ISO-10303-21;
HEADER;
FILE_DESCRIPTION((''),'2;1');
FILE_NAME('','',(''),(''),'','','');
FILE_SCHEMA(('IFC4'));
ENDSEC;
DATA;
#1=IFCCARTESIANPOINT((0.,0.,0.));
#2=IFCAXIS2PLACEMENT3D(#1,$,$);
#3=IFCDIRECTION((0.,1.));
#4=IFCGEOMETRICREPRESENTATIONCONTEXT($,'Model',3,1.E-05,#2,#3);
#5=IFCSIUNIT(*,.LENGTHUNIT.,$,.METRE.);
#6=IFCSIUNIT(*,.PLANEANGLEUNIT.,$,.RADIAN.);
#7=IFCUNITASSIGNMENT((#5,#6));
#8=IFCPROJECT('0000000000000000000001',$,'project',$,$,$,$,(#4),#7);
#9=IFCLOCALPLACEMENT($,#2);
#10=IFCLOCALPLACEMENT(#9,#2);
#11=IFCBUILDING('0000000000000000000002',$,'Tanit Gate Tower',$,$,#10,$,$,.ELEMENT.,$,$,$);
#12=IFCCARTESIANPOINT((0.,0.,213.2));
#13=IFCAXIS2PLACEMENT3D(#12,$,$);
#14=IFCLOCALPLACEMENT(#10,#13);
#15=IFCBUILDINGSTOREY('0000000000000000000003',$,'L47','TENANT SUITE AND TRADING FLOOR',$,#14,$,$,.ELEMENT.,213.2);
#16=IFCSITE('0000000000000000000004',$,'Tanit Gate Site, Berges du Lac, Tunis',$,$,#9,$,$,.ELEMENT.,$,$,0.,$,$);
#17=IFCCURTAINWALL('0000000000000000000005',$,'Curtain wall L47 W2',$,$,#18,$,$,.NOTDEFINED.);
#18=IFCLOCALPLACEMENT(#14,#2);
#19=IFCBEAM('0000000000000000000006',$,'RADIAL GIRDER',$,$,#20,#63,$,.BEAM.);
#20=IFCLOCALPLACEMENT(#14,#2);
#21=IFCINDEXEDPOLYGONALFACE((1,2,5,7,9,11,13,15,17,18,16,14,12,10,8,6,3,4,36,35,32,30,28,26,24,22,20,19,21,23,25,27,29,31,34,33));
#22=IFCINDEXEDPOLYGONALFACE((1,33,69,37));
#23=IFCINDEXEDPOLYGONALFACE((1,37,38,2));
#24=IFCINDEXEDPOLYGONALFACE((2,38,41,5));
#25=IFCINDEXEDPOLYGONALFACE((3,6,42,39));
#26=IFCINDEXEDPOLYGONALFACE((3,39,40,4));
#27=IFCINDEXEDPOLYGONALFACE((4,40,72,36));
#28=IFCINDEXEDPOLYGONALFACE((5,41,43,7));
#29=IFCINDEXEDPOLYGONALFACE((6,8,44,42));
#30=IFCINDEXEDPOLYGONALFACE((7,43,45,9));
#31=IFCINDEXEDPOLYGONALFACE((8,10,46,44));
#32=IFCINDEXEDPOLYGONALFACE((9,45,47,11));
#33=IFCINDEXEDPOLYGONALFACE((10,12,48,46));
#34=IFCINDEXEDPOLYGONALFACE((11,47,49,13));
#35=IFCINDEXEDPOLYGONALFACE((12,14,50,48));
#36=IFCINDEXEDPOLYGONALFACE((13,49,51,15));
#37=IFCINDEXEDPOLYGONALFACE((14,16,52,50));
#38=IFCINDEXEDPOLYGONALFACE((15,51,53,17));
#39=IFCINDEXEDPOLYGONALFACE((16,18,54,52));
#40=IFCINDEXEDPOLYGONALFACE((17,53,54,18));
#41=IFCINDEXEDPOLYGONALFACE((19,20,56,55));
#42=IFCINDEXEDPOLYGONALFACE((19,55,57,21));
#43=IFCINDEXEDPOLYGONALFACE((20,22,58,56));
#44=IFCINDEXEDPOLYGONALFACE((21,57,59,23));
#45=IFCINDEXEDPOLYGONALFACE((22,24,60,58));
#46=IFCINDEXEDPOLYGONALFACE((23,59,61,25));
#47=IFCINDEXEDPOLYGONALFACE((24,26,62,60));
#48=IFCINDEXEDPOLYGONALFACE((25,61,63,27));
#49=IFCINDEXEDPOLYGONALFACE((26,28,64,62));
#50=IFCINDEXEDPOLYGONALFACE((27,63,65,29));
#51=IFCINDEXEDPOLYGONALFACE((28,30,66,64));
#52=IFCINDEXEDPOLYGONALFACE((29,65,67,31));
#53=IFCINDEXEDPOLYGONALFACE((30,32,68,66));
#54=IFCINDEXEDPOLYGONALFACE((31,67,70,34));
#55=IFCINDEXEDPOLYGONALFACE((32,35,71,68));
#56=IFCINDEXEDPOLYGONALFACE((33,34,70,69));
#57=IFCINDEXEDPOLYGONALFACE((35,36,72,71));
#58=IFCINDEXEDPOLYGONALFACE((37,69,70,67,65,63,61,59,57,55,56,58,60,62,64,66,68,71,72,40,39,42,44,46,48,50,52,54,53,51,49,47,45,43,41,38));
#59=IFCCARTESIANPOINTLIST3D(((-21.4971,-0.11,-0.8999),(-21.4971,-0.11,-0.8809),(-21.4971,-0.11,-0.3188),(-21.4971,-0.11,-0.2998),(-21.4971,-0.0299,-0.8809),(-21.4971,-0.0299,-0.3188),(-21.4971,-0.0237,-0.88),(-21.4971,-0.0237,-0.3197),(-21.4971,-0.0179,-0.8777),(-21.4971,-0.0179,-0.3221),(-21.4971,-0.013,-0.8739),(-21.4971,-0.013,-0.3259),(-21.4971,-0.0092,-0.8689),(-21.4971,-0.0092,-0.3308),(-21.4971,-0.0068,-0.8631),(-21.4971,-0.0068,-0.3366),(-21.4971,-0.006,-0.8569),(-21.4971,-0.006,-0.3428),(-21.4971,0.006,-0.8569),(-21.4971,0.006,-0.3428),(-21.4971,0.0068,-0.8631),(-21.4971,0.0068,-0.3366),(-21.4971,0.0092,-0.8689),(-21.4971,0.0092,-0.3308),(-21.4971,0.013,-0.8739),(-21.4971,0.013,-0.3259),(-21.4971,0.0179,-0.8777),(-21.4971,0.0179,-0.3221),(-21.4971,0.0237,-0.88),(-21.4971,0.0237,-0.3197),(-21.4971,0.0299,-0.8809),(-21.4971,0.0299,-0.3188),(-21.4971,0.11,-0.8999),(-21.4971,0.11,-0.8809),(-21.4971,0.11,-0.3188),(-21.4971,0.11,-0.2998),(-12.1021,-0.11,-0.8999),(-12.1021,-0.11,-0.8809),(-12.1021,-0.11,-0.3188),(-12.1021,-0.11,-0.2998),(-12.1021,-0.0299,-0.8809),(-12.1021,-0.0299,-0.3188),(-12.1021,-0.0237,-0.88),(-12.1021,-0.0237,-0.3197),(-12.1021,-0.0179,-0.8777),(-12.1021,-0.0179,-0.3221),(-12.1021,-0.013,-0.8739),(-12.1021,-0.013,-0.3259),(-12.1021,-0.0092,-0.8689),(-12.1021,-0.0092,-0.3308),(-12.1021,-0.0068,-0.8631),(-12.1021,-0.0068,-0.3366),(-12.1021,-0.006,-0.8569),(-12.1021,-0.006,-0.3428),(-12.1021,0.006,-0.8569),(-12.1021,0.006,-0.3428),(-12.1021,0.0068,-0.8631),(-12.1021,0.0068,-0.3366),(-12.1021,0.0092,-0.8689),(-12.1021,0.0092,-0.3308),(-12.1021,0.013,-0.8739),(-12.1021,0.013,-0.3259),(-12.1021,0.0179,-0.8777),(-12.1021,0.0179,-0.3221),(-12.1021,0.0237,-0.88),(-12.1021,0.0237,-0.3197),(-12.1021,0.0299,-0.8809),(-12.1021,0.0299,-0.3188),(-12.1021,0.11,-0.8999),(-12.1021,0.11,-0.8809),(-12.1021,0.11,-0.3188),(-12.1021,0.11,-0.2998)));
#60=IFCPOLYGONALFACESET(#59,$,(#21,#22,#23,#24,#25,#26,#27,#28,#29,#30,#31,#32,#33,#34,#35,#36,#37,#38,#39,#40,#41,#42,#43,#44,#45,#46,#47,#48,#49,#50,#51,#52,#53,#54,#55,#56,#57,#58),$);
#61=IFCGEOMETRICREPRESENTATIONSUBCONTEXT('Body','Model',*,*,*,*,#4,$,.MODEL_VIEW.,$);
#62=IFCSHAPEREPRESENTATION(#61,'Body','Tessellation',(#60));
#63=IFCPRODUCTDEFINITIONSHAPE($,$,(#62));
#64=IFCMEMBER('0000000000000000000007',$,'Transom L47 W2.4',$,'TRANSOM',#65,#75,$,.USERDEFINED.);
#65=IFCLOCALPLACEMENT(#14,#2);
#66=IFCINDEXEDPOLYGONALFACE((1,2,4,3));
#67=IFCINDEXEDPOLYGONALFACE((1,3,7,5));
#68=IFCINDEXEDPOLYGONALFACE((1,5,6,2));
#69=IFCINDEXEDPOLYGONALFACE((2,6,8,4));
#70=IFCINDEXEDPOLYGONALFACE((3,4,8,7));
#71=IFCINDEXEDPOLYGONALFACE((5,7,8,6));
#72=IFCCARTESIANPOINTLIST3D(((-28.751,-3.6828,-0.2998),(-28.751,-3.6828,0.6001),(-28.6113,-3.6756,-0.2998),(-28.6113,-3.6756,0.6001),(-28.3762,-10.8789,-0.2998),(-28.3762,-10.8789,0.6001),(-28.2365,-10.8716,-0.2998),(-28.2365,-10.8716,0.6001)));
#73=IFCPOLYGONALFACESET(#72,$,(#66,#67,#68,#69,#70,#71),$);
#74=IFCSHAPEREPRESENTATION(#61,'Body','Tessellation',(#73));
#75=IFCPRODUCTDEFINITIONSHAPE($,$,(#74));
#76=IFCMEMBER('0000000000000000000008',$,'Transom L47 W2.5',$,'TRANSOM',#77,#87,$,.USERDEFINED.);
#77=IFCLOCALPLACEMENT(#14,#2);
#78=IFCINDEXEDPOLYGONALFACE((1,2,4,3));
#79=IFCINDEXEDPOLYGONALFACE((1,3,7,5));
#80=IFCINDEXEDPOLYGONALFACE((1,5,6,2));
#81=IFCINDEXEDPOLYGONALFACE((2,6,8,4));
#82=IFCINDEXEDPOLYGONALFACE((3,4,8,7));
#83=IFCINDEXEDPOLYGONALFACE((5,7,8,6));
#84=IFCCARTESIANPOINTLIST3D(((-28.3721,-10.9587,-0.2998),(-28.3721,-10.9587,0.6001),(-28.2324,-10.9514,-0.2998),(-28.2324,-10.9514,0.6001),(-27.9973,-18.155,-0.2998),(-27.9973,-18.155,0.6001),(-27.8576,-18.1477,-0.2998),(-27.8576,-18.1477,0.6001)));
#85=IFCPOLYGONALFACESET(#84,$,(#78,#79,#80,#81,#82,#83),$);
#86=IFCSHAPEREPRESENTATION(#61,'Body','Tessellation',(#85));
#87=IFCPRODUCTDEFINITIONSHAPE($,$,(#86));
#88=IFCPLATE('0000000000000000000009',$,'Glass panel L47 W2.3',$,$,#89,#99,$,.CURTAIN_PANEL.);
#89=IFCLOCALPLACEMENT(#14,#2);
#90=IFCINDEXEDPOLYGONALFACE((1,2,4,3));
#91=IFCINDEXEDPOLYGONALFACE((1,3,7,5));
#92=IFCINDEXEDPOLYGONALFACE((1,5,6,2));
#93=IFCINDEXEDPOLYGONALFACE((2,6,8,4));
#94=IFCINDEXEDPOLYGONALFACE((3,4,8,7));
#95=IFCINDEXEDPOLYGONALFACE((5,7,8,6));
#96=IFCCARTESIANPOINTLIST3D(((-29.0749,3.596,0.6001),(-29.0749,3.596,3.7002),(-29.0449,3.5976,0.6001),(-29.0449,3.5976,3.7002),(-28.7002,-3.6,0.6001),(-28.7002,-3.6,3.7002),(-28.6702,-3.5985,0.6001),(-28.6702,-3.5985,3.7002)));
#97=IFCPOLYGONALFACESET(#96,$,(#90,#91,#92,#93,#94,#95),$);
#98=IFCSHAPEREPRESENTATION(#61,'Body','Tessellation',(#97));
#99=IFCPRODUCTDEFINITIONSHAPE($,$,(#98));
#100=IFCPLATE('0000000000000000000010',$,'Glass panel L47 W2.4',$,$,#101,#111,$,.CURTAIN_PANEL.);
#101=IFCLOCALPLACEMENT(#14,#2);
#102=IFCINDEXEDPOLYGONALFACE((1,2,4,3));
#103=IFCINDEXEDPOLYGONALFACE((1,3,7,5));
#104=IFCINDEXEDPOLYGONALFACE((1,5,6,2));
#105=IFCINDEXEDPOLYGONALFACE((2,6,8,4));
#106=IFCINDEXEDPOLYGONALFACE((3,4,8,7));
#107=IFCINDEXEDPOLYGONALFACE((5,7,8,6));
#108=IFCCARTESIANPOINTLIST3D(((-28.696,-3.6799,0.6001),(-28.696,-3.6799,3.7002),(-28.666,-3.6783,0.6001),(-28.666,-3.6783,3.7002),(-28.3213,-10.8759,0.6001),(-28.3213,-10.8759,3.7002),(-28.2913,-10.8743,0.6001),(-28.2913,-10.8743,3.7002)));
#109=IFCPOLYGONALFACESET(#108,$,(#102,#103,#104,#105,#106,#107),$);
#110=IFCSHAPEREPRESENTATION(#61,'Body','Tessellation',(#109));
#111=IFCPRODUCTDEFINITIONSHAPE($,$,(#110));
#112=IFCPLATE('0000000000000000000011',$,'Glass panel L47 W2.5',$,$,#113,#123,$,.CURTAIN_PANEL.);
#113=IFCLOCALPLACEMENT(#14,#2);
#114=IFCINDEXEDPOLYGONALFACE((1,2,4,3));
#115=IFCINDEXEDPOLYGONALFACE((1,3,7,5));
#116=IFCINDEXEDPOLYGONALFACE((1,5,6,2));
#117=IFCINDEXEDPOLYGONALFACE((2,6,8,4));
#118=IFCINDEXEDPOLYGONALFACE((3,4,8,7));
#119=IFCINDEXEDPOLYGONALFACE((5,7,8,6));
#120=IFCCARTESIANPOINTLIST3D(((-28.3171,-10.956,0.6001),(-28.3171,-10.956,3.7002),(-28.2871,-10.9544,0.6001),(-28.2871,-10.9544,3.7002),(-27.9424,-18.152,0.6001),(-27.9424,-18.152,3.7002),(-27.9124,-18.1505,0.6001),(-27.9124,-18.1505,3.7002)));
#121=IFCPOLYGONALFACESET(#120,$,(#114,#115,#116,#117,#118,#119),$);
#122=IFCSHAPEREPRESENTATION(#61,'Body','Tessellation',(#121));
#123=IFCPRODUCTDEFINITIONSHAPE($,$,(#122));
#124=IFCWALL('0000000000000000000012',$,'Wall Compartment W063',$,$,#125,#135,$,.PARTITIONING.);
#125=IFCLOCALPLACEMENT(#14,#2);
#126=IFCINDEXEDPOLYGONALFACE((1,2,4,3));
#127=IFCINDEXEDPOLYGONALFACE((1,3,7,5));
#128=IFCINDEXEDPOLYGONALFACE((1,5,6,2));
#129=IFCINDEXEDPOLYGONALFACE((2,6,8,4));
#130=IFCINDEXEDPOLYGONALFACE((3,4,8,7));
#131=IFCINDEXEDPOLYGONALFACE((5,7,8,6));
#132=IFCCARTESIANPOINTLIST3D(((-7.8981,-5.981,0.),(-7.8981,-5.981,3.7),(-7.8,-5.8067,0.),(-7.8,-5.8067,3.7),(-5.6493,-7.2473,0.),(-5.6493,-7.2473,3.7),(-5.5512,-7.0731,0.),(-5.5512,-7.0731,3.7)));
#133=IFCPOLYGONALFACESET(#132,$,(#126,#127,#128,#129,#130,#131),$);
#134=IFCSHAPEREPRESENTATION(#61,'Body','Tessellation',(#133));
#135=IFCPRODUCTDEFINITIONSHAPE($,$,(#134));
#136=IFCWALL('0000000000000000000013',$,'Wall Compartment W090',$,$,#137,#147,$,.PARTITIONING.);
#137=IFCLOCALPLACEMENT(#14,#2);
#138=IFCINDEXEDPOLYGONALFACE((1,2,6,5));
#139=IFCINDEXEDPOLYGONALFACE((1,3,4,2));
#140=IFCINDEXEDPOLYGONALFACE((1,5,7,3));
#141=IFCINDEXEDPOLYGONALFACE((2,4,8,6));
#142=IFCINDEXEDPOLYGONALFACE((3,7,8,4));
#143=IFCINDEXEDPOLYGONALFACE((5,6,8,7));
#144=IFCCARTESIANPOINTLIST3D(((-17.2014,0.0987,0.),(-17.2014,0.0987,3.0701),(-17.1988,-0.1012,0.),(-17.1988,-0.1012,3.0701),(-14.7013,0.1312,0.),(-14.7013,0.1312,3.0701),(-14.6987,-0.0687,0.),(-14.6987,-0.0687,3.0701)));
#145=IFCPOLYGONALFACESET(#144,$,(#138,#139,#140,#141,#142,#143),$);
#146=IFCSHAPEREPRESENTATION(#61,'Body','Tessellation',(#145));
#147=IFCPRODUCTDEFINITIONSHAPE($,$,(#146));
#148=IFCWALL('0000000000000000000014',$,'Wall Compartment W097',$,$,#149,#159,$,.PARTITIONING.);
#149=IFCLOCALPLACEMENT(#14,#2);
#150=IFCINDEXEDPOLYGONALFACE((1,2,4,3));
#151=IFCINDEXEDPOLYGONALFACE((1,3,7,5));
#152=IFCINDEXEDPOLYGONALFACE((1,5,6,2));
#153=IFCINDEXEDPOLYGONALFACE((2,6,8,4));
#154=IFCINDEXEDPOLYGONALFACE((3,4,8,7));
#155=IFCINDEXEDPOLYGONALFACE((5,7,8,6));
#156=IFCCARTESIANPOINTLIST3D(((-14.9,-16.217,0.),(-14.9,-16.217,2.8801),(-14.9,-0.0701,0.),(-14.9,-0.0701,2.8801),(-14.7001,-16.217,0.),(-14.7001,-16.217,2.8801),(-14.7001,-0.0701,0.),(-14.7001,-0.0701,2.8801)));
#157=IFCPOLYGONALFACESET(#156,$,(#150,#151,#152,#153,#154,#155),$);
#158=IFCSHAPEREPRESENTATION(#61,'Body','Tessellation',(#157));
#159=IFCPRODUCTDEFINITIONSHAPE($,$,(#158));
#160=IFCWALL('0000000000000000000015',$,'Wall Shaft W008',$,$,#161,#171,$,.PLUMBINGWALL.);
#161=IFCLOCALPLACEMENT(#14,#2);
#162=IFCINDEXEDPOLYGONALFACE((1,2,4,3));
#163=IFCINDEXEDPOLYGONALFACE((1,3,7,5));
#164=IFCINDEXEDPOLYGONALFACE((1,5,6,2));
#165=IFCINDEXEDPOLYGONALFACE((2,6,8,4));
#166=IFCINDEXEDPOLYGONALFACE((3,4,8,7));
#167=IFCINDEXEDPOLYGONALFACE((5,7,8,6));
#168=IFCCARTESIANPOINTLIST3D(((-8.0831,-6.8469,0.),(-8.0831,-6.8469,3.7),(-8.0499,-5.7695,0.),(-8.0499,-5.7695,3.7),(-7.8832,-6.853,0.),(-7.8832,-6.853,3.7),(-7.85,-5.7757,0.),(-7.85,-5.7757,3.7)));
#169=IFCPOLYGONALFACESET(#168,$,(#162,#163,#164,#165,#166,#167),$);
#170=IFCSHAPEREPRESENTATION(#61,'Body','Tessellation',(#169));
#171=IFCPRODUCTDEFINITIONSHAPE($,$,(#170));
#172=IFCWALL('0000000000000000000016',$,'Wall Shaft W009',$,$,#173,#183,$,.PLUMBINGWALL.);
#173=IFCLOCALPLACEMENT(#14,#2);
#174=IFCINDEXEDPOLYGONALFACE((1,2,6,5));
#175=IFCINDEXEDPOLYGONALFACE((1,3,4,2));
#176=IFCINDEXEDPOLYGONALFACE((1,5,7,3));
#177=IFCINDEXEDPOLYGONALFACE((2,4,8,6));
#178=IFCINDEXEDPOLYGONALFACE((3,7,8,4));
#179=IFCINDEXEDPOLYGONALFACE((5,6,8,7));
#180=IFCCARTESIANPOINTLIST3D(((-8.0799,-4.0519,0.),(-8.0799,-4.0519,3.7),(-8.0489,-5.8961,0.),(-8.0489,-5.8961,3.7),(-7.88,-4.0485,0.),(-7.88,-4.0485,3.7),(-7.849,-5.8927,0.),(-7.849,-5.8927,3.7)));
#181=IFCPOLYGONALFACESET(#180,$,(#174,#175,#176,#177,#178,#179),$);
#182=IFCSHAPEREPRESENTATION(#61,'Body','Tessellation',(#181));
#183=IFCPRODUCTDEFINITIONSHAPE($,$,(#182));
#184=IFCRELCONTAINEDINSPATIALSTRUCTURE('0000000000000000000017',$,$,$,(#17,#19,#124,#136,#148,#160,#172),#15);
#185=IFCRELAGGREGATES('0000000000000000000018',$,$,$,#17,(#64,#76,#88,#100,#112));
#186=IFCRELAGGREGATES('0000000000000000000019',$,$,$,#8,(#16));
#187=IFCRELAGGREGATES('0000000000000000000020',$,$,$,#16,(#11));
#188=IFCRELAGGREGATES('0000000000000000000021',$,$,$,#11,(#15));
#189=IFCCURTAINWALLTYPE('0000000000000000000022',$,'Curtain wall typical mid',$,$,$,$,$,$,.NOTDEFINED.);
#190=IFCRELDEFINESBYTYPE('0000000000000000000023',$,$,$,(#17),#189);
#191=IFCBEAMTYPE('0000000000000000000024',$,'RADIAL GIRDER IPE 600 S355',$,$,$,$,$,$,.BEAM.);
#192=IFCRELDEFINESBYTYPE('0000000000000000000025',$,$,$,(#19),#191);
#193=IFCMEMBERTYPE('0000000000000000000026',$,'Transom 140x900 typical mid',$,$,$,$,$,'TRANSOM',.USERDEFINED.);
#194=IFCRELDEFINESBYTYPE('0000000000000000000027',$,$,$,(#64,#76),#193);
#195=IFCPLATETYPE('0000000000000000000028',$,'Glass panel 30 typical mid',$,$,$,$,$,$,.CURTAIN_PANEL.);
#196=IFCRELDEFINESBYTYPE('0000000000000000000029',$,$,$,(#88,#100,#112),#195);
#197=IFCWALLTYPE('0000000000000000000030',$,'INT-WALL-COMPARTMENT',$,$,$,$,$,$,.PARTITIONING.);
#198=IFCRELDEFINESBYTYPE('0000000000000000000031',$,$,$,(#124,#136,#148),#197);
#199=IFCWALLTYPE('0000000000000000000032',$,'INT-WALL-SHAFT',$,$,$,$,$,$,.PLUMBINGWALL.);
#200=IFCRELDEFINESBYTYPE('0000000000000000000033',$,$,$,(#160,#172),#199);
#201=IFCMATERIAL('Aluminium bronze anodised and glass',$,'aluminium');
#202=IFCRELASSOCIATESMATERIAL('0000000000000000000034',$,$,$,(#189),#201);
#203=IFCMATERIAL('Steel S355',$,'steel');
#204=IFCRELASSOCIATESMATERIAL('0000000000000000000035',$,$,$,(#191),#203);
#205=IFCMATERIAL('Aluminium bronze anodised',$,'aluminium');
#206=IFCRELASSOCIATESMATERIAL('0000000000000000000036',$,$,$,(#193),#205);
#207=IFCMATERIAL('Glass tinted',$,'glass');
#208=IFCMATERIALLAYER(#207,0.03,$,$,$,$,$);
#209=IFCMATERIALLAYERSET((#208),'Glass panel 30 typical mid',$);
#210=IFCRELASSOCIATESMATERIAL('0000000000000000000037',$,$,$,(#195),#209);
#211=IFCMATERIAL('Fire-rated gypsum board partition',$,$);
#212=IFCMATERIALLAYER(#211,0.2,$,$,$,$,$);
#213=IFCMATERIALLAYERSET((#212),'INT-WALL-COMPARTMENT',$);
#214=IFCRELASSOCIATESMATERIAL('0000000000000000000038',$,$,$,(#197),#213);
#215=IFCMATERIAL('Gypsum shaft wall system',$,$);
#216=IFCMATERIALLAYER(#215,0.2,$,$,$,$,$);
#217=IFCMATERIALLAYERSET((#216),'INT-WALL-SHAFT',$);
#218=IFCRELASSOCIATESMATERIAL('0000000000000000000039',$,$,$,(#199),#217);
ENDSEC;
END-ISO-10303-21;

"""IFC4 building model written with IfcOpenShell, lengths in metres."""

from ifc_helpers import new_model, si_unit, direction, frame, frame_2d, origin, origin_2d, place, context, subcontext, project, spatial, rectangle, i_section, extrude, material, layer, layer_set, material_profile, profile_set, type_object, element, aggregate, save


model = new_model("IFC4")

# Units and contexts
model_context = context("Model", 3, precision=1e-05, world=origin(), true_north=direction((0.0, 1.0)))
body_context = subcontext(model_context, "Body", "Model", "MODEL_VIEW")
ifc_project = project(units=[si_unit("LENGTHUNIT", "METRE"), si_unit("PLANEANGLEUNIT", "RADIAN")], contexts=[model_context])

# Site, building, storey
site_placement = place(None, origin())
site = spatial("IfcSite", under=ifc_project, at=site_placement, Name="Tanit Gate Site, Berges du Lac, Tunis", CompositionType="ELEMENT", RefElevation=0.0)
building_placement = place(site_placement, origin())
building = spatial("IfcBuilding", under=site, at=building_placement, Name="Tanit Gate Tower", CompositionType="ELEMENT")
storey_placement = place(building_placement, frame((0.0, 0.0, 213.2)))
storey = spatial("IfcBuildingStorey", under=building, at=storey_placement, Name="L47", Description="TENANT SUITE AND TRADING FLOOR", CompositionType="ELEMENT", Elevation=213.2)

# Curtain wall
ifc_material_1 = material(Name="Aluminium bronze anodised and glass", Category="aluminium")
curtain_wall_type = type_object("IfcCurtainWallType", Name="Curtain wall typical mid", PredefinedType="NOTDEFINED", material=ifc_material_1)
curtain_wall_placement = place(storey_placement, origin())
curtain_wall = element("IfcCurtainWall", 1, at=curtain_wall_placement, inside=storey, type_object=curtain_wall_type, Name="Curtain wall L47 W2", PredefinedType="NOTDEFINED")

# Beam
ifc_material_2 = material(Name="Steel S355", Category="steel")
ifc_material_profile_1 = material_profile(ifc_material_2, i_section(OverallWidth=0.22, OverallDepth=0.6001, WebThickness=0.012, FlangeThickness=0.019, FilletRadius=0.0239, at=origin_2d()), Name="IPE 600")
ifc_profile_set_1 = profile_set([ifc_material_profile_1], Name="Steel S355")
beam_type_1 = type_object("IfcBeamType", Name="RADIAL GIRDER IPE 600 S355", PredefinedType="BEAM", material=ifc_profile_set_1)
beam_1_placement = place(storey_placement, frame((-21.4971, 0.0, -0.5999), z_axis=(1.0, 0.0, 0.0), x_axis=(0.0, 1.0, 0.0)))
element("IfcBeam", 2, at=beam_1_placement, inside=storey, type_object=beam_type_1, Name="RADIAL GIRDER", PredefinedType="BEAM", context=body_context, shape_type="SweptSolid", body=[
    extrude(i_section(OverallWidth=0.22, OverallDepth=0.6001, WebThickness=0.012, FlangeThickness=0.019, FilletRadius=0.0239, at=origin_2d()), origin(), (0.0, 0.0, 1.0), 9.395),
])

# Members
ifc_material_3 = material(Name="Aluminium bronze anodised", Category="aluminium")
ifc_material_profile_2 = material_profile(ifc_material_3, rectangle(XDim=0.1399, YDim=0.8999, at=origin_2d()), Name="140x900 bronze transom")
ifc_profile_set_2 = profile_set([ifc_material_profile_2], Name="Aluminium bronze anodised")
member_type_1 = type_object("IfcMemberType", Name="Transom 140x900 typical mid", ElementType="TRANSOM", PredefinedType="USERDEFINED", material=ifc_profile_set_2)
member_1_placement = place(storey_placement, frame((-28.6812, -3.6792, 0.1501), z_axis=(0.052008, -0.998647, 0.0), x_axis=(0.998647, 0.052008, 0.0)))
member_1 = element("IfcMember", 3, at=member_1_placement, type_object=member_type_1, Name="Transom L47 W2.4", ObjectType="TRANSOM", PredefinedType="USERDEFINED", context=body_context, shape_type="SweptSolid", body=[
    extrude(rectangle(XDim=0.1399, YDim=0.8999, at=origin_2d()), origin(), (0.0, 0.0, 1.0), 7.2058),
])
member_2_placement = place(storey_placement, frame((-28.3022, -10.9551, 0.1501), z_axis=(0.052006, -0.998647, 0.0), x_axis=(0.998647, 0.052006, 0.0)))
member_2 = element("IfcMember", 4, at=member_2_placement, type_object=member_type_1, Name="Transom L47 W2.5", ObjectType="TRANSOM", PredefinedType="USERDEFINED", context=body_context, shape_type="SweptSolid", body=[
    extrude(rectangle(XDim=0.1399, YDim=0.8999, at=origin_2d()), origin(), (0.0, 0.0, 1.0), 7.2061),
])

# Plates
ifc_material_4 = material(Name="Glass tinted", Category="glass")
ifc_layer_1 = layer(ifc_material_4, 0.03)
ifc_layer_set_1 = layer_set([ifc_layer_1], Name="Glass panel 30 typical mid")
plate_type = type_object("IfcPlateType", Name="Glass panel 30 typical mid", PredefinedType="CURTAIN_PANEL", material=ifc_layer_set_1)
plate_1_placement = place(storey_placement, frame((-28.8726, -0.0012, 0.6001), z_axis=(0.0, 0.0, 1.0), x_axis=(0.052003, -0.998647, 0.0)))
plate_1 = element("IfcPlate", 5, at=plate_1_placement, type_object=plate_type, Name="Glass panel L47 W2.3", PredefinedType="CURTAIN_PANEL", context=body_context, shape_type="SweptSolid", body=[
    extrude(rectangle(XDim=7.2058, YDim=0.03, at=origin_2d()), origin(), (0.0, 0.0, 1.0), 3.1001),
])
plate_2_placement = place(storey_placement, frame((-28.4937, -7.2771, 0.6001), z_axis=(0.0, 0.0, 1.0), x_axis=(0.052003, -0.998647, 0.0)))
plate_2 = element("IfcPlate", 6, at=plate_2_placement, type_object=plate_type, Name="Glass panel L47 W2.4", PredefinedType="CURTAIN_PANEL", context=body_context, shape_type="SweptSolid", body=[
    extrude(rectangle(XDim=7.2058, YDim=0.03, at=origin_2d()), origin(), (0.0, 0.0, 1.0), 3.1001),
])
plate_3_placement = place(storey_placement, frame((-28.1147, -14.5532, 0.6001), z_axis=(0.0, 0.0, 1.0), x_axis=(0.052003, -0.998647, 0.0)))
plate_3 = element("IfcPlate", 7, at=plate_3_placement, type_object=plate_type, Name="Glass panel L47 W2.5", PredefinedType="CURTAIN_PANEL", context=body_context, shape_type="SweptSolid", body=[
    extrude(rectangle(XDim=7.2058, YDim=0.03, at=origin_2d()), origin(), (0.0, 0.0, 1.0), 3.1001),
])
aggregate(curtain_wall, [member_1, member_2, plate_1, plate_2, plate_3])

# Walls
ifc_material_5 = material(Name="Fire-rated gypsum board partition")
ifc_layer_2 = layer(ifc_material_5, 0.2)
ifc_layer_set_2 = layer_set([ifc_layer_2], Name="INT-WALL-COMPARTMENT")
wall_type_1 = type_object("IfcWallType", Name="INT-WALL-COMPARTMENT", PredefinedType="PARTITIONING", material=ifc_layer_set_2)
wall_1_placement = place(storey_placement, frame((-7.8491, -5.8938, 0.0), z_axis=(0.0, 0.0, 1.0), x_axis=(0.87134, -0.490679, 0.0)))
element("IfcWall", 8, at=wall_1_placement, inside=storey, type_object=wall_type_1, Name="Wall Compartment W063", PredefinedType="PARTITIONING", context=body_context, shape_type="SweptSolid", body=[
    extrude(rectangle(XDim=2.5808, YDim=0.2, at=frame_2d((1.2905, 0.0))), origin(), (0.0, 0.0, 1.0), 3.7),
])
wall_2_placement = place(storey_placement, frame((-17.2, -0.0012, 0.0), z_axis=(0.0, 0.0, 1.0), x_axis=(0.999916, 0.012987, 0.0)))
element("IfcWall", 9, at=wall_2_placement, inside=storey, type_object=wall_type_1, Name="Wall Compartment W090", PredefinedType="PARTITIONING", context=body_context, shape_type="SweptSolid", body=[
    extrude(rectangle(XDim=2.5002, YDim=0.2, at=frame_2d((1.25, 0.0))), origin(), (0.0, 0.0, 1.0), 3.0701),
])
wall_3_placement = place(storey_placement, frame((-14.8, -0.0701, 0.0), z_axis=(0.0, 0.0, 1.0), x_axis=(0.0, -1.0, 0.0)))
element("IfcWall", 10, at=wall_3_placement, inside=storey, type_object=wall_type_1, Name="Wall Compartment W097", PredefinedType="PARTITIONING", context=body_context, shape_type="SweptSolid", body=[
    extrude(rectangle(XDim=16.147, YDim=0.2, at=frame_2d((8.0735, 0.0))), origin(), (0.0, 0.0, 1.0), 2.8801),
])
ifc_material_6 = material(Name="Gypsum shaft wall system")
ifc_layer_3 = layer(ifc_material_6, 0.2)
ifc_layer_set_3 = layer_set([ifc_layer_3], Name="INT-WALL-SHAFT")
wall_type_2 = type_object("IfcWallType", Name="INT-WALL-SHAFT", PredefinedType="PLUMBINGWALL", material=ifc_layer_set_3)
wall_4_placement = place(storey_placement, frame((-7.95, -5.7725, 0.0), z_axis=(0.0, 0.0, 1.0), x_axis=(-0.030803, -0.999525, 0.0)))
element("IfcWall", 11, at=wall_4_placement, inside=storey, type_object=wall_type_2, Name="Wall Shaft W008", PredefinedType="PLUMBINGWALL", context=body_context, shape_type="SweptSolid", body=[
    extrude(rectangle(XDim=1.0779, YDim=0.2, at=frame_2d((0.5391, 0.0))), origin(), (0.0, 0.0, 1.0), 3.7),
])
wall_5_placement = place(storey_placement, frame((-7.98, -4.05, 0.0), z_axis=(0.0, 0.0, 1.0), x_axis=(0.01681, -0.999859, 0.0)))
element("IfcWall", 12, at=wall_5_placement, inside=storey, type_object=wall_type_2, Name="Wall Shaft W009", PredefinedType="PLUMBINGWALL", context=body_context, shape_type="SweptSolid", body=[
    extrude(rectangle(XDim=1.8445, YDim=0.2, at=frame_2d((0.9224, 0.0))), origin(), (0.0, 0.0, 1.0), 3.7),
])

save(model, "model.ifc")
